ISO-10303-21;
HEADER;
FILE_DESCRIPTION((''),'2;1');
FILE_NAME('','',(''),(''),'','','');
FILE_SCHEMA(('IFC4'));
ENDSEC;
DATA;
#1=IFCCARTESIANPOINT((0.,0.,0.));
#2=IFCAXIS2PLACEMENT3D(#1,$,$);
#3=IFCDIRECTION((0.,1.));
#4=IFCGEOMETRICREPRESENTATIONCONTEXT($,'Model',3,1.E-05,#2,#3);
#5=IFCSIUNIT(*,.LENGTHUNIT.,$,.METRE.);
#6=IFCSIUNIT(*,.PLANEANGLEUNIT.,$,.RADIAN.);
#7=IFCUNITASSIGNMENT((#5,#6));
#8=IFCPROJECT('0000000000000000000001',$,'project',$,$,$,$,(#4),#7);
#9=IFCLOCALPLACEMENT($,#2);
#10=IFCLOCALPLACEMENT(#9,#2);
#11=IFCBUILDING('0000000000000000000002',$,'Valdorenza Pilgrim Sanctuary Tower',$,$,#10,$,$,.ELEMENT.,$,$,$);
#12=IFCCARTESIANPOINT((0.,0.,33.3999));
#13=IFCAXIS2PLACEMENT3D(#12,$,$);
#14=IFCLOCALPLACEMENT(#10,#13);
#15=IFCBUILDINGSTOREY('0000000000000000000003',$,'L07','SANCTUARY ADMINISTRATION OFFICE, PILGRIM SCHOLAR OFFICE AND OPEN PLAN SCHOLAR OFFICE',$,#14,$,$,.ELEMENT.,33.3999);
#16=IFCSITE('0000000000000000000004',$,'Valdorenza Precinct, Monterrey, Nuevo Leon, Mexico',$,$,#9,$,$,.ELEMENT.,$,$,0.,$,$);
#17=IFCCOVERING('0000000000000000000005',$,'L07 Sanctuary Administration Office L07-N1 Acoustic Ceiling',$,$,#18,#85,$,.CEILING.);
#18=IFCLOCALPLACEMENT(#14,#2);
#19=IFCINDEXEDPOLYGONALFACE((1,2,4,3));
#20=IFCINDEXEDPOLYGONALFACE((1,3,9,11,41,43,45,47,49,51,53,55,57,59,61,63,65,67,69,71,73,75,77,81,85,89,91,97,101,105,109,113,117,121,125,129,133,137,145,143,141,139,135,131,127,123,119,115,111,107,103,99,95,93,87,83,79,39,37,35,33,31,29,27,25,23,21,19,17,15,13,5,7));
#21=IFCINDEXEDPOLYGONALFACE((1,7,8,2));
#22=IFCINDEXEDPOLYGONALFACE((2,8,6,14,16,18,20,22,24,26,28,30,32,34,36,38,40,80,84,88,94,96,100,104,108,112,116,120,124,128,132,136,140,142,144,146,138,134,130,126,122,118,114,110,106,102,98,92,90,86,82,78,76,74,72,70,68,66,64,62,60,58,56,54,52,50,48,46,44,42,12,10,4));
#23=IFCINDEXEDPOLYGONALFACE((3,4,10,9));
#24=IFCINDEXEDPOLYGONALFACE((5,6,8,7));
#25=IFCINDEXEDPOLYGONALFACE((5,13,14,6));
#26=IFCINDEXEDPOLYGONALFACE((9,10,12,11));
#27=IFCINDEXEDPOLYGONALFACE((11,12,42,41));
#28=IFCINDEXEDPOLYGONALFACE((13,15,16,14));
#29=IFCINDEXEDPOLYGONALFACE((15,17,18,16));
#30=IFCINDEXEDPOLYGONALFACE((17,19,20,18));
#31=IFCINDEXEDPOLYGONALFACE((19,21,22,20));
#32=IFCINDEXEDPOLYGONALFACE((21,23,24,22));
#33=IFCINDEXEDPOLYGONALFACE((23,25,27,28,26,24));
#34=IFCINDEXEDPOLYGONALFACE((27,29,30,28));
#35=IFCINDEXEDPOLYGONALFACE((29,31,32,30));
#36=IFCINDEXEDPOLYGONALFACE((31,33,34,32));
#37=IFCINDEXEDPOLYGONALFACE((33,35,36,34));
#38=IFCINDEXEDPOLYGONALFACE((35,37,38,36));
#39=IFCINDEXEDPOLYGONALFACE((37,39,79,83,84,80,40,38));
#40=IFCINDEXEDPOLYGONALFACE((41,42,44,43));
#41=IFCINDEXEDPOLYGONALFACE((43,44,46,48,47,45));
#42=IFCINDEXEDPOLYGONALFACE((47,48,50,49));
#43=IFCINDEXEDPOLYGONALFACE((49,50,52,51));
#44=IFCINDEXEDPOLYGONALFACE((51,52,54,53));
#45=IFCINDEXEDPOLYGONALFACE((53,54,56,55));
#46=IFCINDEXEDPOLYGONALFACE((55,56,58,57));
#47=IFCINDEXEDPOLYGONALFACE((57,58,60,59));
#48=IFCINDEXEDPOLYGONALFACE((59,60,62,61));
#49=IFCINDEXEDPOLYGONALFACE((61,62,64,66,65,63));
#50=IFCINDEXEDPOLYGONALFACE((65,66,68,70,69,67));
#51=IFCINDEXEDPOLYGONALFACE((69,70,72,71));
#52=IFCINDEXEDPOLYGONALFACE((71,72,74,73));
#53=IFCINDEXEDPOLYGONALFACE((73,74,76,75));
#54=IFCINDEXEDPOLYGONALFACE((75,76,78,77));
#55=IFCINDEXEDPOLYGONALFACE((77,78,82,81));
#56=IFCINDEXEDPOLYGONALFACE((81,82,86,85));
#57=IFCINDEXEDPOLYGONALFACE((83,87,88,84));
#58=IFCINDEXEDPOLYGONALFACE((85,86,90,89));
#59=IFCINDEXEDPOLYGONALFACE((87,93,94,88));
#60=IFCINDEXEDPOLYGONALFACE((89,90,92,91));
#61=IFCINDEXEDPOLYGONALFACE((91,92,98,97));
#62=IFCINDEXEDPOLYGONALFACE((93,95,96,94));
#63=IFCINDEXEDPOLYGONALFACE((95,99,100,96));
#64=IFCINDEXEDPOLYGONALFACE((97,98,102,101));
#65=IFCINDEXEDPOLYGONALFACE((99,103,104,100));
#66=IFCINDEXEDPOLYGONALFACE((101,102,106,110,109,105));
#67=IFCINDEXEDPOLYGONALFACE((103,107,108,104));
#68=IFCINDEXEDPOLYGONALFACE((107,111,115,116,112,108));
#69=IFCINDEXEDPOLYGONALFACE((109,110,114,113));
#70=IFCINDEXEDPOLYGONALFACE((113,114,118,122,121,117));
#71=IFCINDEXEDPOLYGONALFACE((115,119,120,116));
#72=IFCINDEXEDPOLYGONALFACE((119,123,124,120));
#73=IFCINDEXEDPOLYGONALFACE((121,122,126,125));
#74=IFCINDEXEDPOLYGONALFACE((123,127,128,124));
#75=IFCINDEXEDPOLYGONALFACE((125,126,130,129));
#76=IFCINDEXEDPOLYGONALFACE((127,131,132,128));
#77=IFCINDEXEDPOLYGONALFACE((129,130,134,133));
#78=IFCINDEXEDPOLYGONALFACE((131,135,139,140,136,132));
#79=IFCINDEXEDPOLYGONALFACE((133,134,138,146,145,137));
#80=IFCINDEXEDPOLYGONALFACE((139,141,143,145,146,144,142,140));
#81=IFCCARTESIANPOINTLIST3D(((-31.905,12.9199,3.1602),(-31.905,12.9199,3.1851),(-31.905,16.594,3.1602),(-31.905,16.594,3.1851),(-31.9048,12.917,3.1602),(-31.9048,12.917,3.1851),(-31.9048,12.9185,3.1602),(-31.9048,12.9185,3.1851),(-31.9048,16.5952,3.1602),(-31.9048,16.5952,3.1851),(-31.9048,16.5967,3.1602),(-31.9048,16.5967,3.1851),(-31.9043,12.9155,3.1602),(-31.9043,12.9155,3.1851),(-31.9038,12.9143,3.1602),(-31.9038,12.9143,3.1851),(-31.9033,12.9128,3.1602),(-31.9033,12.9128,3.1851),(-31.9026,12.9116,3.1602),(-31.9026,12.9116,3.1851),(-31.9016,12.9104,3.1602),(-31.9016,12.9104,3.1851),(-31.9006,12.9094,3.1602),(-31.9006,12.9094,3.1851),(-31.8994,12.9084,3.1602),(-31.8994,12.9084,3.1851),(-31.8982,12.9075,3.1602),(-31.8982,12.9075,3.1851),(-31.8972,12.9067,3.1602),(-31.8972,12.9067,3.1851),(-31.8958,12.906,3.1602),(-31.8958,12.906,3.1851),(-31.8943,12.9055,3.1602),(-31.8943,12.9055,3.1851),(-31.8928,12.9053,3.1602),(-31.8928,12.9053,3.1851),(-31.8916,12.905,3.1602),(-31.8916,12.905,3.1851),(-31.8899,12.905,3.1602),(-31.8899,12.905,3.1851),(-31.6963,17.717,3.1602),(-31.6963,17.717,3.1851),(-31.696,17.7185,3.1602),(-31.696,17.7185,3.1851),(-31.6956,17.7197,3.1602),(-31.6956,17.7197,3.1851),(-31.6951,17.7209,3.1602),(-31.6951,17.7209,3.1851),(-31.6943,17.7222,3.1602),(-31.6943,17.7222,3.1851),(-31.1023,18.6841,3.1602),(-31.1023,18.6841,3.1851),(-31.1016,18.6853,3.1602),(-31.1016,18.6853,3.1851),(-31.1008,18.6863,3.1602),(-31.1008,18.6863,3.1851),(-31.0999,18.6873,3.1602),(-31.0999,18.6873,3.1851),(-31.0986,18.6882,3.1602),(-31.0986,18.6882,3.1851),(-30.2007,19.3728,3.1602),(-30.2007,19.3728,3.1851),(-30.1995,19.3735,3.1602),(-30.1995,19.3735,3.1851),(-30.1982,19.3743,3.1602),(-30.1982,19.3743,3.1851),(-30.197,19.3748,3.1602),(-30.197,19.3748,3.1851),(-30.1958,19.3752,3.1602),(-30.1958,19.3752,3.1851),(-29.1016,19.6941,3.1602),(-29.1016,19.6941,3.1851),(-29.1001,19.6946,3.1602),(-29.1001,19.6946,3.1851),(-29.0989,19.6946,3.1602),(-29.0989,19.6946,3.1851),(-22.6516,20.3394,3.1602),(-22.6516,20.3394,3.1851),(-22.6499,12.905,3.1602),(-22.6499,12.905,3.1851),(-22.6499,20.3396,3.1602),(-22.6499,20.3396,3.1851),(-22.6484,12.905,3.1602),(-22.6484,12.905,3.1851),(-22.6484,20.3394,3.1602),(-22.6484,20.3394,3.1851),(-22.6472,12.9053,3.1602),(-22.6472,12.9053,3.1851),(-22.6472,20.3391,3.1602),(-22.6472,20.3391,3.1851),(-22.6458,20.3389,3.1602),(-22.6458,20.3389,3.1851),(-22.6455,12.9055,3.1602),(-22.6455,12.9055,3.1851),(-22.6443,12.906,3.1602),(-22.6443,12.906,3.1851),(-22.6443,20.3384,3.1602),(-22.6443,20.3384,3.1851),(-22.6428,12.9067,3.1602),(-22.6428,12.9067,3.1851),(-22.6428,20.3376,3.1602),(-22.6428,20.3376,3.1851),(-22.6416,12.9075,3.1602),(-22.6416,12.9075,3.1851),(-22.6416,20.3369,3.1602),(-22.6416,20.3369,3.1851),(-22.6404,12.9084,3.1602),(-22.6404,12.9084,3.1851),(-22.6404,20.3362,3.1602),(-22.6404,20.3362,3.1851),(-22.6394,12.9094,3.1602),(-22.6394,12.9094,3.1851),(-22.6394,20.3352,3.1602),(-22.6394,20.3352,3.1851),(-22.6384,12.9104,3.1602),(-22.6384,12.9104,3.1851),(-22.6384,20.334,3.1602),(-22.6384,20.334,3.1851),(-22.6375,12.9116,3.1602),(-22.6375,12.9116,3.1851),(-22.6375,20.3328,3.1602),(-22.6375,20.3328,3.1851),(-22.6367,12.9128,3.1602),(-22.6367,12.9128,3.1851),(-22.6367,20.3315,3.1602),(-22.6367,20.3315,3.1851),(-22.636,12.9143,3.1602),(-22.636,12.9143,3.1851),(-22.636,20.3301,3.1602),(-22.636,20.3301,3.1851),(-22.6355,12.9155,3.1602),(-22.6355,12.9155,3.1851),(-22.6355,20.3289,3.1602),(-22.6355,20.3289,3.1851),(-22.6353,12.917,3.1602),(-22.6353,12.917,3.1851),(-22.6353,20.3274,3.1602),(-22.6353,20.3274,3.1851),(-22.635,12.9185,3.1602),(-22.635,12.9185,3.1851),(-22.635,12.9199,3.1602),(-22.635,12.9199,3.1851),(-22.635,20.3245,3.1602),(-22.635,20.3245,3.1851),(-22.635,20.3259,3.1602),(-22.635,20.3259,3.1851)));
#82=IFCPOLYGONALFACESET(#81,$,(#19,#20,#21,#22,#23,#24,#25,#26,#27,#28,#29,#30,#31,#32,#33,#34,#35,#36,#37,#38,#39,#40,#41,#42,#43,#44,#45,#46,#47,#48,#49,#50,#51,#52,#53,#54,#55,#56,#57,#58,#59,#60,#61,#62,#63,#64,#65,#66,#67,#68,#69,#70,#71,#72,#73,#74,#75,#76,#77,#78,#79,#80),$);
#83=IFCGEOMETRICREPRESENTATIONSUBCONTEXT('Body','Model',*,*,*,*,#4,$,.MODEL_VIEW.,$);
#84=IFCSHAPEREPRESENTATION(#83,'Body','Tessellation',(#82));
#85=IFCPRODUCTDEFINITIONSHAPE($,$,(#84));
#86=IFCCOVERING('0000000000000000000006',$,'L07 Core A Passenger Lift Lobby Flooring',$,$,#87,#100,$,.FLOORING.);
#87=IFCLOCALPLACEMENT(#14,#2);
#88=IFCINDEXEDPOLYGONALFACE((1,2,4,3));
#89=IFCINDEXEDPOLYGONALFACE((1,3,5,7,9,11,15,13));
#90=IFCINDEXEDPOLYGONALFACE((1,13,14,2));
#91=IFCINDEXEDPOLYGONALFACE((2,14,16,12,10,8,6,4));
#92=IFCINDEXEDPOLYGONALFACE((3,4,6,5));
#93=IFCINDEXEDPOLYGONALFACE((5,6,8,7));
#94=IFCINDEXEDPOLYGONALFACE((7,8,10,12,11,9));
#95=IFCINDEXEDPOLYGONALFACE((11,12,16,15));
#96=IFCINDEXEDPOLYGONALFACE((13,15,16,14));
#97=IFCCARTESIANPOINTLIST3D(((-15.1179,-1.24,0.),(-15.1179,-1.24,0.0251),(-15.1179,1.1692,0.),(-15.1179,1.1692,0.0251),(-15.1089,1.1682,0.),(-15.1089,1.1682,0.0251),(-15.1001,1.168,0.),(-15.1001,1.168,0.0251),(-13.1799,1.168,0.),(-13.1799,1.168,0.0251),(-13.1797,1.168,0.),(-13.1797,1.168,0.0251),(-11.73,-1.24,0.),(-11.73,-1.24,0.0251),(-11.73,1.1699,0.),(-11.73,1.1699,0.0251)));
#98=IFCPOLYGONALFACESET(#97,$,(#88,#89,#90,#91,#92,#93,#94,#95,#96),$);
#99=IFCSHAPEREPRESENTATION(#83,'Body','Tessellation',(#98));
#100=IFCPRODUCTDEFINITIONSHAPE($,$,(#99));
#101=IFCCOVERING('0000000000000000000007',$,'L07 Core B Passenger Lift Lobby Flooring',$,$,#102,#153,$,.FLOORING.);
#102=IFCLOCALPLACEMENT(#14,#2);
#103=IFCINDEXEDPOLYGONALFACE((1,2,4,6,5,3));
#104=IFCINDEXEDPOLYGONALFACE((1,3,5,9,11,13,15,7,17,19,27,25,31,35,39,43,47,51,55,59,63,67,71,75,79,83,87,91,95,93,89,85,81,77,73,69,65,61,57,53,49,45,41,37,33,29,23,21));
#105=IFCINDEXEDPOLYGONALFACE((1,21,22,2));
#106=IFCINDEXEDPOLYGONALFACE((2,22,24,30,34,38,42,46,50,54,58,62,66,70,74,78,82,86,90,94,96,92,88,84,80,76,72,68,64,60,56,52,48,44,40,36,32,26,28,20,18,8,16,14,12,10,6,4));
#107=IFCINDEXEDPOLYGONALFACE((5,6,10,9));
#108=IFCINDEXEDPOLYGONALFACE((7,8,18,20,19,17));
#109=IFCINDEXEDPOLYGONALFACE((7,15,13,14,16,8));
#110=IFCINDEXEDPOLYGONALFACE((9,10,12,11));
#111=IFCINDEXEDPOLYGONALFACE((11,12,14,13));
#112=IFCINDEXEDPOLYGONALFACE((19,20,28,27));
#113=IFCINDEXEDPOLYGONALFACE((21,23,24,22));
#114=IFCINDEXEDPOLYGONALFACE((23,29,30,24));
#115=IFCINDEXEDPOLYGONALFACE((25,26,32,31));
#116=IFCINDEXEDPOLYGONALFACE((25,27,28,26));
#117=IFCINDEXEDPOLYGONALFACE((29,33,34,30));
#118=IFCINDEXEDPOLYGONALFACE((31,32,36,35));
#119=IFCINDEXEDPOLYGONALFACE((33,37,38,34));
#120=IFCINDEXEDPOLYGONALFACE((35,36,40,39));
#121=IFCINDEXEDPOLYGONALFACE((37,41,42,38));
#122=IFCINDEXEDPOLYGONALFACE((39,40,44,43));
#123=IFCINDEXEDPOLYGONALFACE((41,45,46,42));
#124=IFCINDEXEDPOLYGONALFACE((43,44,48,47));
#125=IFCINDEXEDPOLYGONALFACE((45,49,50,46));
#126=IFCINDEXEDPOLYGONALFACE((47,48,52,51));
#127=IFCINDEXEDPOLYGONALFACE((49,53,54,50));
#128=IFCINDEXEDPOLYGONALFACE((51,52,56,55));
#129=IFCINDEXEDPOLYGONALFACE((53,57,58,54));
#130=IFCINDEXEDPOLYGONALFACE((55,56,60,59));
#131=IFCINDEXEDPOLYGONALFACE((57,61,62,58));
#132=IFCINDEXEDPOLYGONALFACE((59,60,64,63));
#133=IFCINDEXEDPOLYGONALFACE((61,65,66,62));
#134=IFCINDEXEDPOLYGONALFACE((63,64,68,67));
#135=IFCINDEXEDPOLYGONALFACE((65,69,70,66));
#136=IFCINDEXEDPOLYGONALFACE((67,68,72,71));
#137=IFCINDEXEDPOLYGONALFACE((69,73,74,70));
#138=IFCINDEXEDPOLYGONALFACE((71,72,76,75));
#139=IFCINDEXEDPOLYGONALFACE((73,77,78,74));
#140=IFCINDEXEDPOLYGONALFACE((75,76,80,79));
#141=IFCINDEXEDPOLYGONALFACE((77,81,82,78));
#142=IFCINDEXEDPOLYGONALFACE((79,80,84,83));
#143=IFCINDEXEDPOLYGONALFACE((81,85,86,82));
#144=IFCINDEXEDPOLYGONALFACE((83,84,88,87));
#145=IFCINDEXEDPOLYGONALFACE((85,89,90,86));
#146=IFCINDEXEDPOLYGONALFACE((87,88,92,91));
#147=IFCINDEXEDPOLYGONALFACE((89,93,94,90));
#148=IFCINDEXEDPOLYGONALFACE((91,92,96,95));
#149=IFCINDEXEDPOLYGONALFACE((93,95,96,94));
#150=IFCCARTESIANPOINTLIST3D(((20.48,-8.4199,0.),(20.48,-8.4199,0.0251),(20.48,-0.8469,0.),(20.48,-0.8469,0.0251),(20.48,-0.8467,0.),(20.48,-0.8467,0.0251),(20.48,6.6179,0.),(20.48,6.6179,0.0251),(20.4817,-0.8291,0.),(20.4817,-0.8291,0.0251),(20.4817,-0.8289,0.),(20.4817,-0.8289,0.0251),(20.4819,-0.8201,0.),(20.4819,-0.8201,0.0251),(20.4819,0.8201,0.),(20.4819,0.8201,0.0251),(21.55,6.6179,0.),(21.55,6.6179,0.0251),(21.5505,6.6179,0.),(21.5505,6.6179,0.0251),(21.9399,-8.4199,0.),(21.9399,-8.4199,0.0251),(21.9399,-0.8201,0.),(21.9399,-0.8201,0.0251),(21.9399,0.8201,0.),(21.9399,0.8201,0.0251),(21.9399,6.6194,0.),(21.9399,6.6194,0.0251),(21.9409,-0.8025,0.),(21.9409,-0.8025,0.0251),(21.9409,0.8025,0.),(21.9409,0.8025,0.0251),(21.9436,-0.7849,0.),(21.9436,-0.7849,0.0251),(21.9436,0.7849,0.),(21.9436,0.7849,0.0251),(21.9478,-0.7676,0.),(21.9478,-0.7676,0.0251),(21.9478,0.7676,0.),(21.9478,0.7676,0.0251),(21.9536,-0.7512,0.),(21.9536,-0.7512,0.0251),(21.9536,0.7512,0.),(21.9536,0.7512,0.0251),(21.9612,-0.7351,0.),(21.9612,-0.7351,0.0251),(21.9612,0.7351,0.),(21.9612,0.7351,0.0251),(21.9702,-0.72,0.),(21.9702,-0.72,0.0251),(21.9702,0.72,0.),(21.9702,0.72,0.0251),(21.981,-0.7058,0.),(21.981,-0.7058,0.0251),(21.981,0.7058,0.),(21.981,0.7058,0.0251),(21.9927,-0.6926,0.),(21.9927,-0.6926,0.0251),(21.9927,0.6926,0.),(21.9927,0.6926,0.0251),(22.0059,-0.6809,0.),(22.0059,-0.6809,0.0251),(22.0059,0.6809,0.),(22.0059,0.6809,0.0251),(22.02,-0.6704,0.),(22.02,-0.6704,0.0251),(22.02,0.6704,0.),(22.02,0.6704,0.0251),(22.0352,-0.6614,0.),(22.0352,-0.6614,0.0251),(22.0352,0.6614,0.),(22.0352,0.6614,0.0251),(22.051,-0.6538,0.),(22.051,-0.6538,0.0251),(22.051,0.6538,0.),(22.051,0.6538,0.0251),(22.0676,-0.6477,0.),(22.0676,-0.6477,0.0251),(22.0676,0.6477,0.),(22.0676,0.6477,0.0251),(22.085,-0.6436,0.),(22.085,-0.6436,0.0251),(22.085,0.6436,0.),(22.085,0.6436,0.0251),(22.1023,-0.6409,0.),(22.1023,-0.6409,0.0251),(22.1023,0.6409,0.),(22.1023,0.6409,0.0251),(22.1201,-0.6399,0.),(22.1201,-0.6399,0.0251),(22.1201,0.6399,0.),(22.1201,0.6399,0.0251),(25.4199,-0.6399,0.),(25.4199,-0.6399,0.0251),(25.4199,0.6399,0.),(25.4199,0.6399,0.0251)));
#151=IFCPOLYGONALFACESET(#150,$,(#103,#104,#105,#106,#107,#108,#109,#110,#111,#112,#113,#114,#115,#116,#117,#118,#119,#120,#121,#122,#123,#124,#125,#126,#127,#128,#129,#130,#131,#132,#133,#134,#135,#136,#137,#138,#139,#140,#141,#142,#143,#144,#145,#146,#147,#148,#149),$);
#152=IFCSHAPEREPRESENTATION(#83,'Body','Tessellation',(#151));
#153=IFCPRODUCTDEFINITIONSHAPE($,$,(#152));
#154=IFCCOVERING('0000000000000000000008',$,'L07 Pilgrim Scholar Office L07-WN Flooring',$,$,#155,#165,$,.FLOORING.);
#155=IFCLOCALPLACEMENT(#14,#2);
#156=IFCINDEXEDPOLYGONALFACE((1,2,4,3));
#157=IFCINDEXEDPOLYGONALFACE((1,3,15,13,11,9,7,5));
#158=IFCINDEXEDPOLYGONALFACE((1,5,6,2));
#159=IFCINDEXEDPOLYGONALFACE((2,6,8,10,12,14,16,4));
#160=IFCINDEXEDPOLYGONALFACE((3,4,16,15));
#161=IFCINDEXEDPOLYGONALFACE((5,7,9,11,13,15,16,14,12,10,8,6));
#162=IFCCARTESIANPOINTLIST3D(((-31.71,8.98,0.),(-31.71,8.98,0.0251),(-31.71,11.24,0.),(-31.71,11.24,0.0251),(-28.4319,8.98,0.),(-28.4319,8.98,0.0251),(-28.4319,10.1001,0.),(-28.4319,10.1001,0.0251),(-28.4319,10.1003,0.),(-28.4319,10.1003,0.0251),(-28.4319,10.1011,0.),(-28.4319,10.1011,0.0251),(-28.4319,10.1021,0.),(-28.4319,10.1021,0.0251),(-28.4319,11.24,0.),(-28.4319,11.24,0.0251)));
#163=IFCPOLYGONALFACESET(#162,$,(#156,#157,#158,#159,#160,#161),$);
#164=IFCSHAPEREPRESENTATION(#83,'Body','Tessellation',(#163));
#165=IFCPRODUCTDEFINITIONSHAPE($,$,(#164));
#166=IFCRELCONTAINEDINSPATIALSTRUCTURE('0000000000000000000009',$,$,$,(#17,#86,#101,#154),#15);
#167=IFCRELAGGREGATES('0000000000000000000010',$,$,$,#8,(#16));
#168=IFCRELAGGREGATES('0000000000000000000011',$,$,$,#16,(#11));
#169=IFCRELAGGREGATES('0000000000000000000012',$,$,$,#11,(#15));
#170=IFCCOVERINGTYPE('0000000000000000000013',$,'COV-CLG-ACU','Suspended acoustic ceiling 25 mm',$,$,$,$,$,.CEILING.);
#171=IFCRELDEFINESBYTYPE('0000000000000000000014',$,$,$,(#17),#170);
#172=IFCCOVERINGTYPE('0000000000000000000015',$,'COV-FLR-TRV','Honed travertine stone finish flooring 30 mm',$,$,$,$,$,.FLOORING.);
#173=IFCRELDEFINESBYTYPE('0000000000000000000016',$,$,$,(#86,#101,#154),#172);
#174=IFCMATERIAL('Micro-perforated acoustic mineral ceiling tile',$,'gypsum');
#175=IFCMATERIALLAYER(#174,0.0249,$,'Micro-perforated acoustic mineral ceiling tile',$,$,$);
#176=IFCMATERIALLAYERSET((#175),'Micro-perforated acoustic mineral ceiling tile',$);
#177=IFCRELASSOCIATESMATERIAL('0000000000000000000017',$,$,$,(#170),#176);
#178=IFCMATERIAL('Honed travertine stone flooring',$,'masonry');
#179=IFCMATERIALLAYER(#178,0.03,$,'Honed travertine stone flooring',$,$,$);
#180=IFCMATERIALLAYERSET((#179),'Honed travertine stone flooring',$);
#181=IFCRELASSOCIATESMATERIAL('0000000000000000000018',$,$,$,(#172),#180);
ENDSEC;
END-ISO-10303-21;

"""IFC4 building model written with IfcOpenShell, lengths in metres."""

from ifc_helpers import new_model, si_unit, direction, frame, origin, place, context, subcontext, project, spatial, polyline, outline, extrude, material, layer, layer_set, type_object, element, save


model = new_model("IFC4")

# Units and contexts
model_context = context("Model", 3, precision=1e-05, world=origin(), true_north=direction((0.0, 1.0)))
body_context = subcontext(model_context, "Body", "Model", "MODEL_VIEW")
ifc_project = project(units=[si_unit("LENGTHUNIT", "METRE"), si_unit("PLANEANGLEUNIT", "RADIAN")], contexts=[model_context])

# Site, building, storey
site_placement = place(None, origin())
site = spatial("IfcSite", under=ifc_project, at=site_placement, Name="Valdorenza Precinct, Monterrey, Nuevo Leon, Mexico", CompositionType="ELEMENT", RefElevation=0.0)
building_placement = place(site_placement, origin())
building = spatial("IfcBuilding", under=site, at=building_placement, Name="Valdorenza Pilgrim Sanctuary Tower", CompositionType="ELEMENT")
storey_placement = place(building_placement, frame((0.0, 0.0, 33.3999)))
storey = spatial("IfcBuildingStorey", under=building, at=storey_placement, Name="L07", Description="SANCTUARY ADMINISTRATION OFFICE, PILGRIM SCHOLAR OFFICE AND OPEN PLAN SCHOLAR OFFICE", CompositionType="ELEMENT", Elevation=33.3999)

# Coverings
ifc_material_1 = material(Name="Micro-perforated acoustic mineral ceiling tile", Category="gypsum")
ifc_layer_1 = layer(ifc_material_1, 0.0249, Name="Micro-perforated acoustic mineral ceiling tile")
ifc_layer_set_1 = layer_set([ifc_layer_1], Name="Micro-perforated acoustic mineral ceiling tile")
covering_type_1 = type_object("IfcCoveringType", Name="COV-CLG-ACU", Description="Suspended acoustic ceiling 25 mm", PredefinedType="CEILING", material=ifc_layer_set_1)
covering_1_placement = place(storey_placement, frame((0.0, 0.0, 3.1602)))
element("IfcCovering", 1, at=covering_1_placement, inside=storey, type_object=covering_type_1, Name="L07 Sanctuary Administration Office L07-N1 Acoustic Ceiling", PredefinedType="CEILING", context=body_context, shape_type="SweptSolid", body=[
    extrude(outline(polyline([(-31.8899, 12.905), (-31.8916, 12.905), (-31.8928, 12.9053), (-31.8943, 12.9055), (-31.8958, 12.906), (-31.8972, 12.9067), (-31.8982, 12.9075), (-31.8994, 12.9084), (-31.9006, 12.9094), (-31.9016, 12.9104), (-31.9026, 12.9116), (-31.9033, 12.9128), (-31.9038, 12.9143), (-31.9043, 12.9155), (-31.9048, 12.917), (-31.9048, 12.9185), (-31.905, 12.9199), (-31.905, 16.594), (-31.9048, 16.5952), (-31.9048, 16.5967), (-31.6963, 17.717), (-31.696, 17.7185), (-31.6956, 17.7197), (-31.6951, 17.7209), (-31.6943, 17.7222), (-31.1023, 18.6841), (-31.1016, 18.6853), (-31.1008, 18.6863), (-31.0999, 18.6873), (-31.0986, 18.6882), (-30.2007, 19.3728), (-30.1995, 19.3735), (-30.1982, 19.3743), (-30.197, 19.3748), (-30.1958, 19.3752), (-29.1016, 19.6941), (-29.1001, 19.6946), (-29.0989, 19.6946), (-22.6516, 20.3394), (-22.6499, 20.3396), (-22.6484, 20.3394), (-22.6472, 20.3391), (-22.6458, 20.3389), (-22.6443, 20.3384), (-22.6428, 20.3376), (-22.6416, 20.3369), (-22.6404, 20.3362), (-22.6394, 20.3352), (-22.6384, 20.334), (-22.6375, 20.3328), (-22.6367, 20.3315), (-22.636, 20.3301), (-22.6355, 20.3289), (-22.6353, 20.3274), (-22.635, 20.3259), (-22.635, 20.3245), (-22.635, 12.9199), (-22.635, 12.9185), (-22.6353, 12.917), (-22.6355, 12.9155), (-22.636, 12.9143), (-22.6367, 12.9128), (-22.6375, 12.9116), (-22.6384, 12.9104), (-22.6394, 12.9094), (-22.6404, 12.9084), (-22.6416, 12.9075), (-22.6428, 12.9067), (-22.6443, 12.906), (-22.6455, 12.9055), (-22.6472, 12.9053), (-22.6484, 12.905), (-22.6499, 12.905), (-31.8899, 12.905)])), origin(), (0.0, 0.0, 1.0), 0.0249),
])
ifc_material_2 = material(Name="Honed travertine stone flooring", Category="masonry")
ifc_layer_2 = layer(ifc_material_2, 0.03, Name="Honed travertine stone flooring")
ifc_layer_set_2 = layer_set([ifc_layer_2], Name="Honed travertine stone flooring")
covering_type_2 = type_object("IfcCoveringType", Name="COV-FLR-TRV", Description="Honed travertine stone finish flooring 30 mm", PredefinedType="FLOORING", material=ifc_layer_set_2)
covering_2_placement = place(storey_placement, origin())
element("IfcCovering", 2, at=covering_2_placement, inside=storey, type_object=covering_type_2, Name="L07 Core A Passenger Lift Lobby Flooring", PredefinedType="FLOORING", context=body_context, shape_type="SweptSolid", body=[
    extrude(outline(polyline([(-15.1179, 1.1692), (-15.1089, 1.1682), (-15.1089, 1.1682), (-15.1001, 1.168), (-13.1799, 1.168), (-13.1797, 1.168), (-11.73, 1.1699), (-11.73, -1.24), (-15.1179, -1.24), (-15.1179, 1.1692)])), origin(), (0.0, 0.0, 1.0), 0.0251),
])
covering_3_placement = place(storey_placement, origin())
element("IfcCovering", 3, at=covering_3_placement, inside=storey, type_object=covering_type_2, Name="L07 Core B Passenger Lift Lobby Flooring", PredefinedType="FLOORING", context=body_context, shape_type="SweptSolid", body=[
    extrude(outline(polyline([(20.48, 6.6179), (21.55, 6.6179), (21.5505, 6.6179), (21.9399, 6.6194), (21.9399, 0.8201), (21.9409, 0.8025), (21.9436, 0.7849), (21.9478, 0.7676), (21.9536, 0.7512), (21.9612, 0.7351), (21.9702, 0.72), (21.981, 0.7058), (21.9927, 0.6926), (22.0059, 0.6809), (22.02, 0.6704), (22.0352, 0.6614), (22.051, 0.6538), (22.0676, 0.6477), (22.085, 0.6436), (22.1023, 0.6409), (22.1201, 0.6399), (25.4199, 0.6399), (25.4199, -0.6399), (22.1201, -0.6399), (22.1023, -0.6409), (22.085, -0.6436), (22.0676, -0.6477), (22.051, -0.6538), (22.0352, -0.6614), (22.02, -0.6704), (22.0059, -0.6809), (21.9927, -0.6926), (21.981, -0.7058), (21.9702, -0.72), (21.9612, -0.7351), (21.9536, -0.7512), (21.9478, -0.7676), (21.9436, -0.7849), (21.9409, -0.8025), (21.9399, -0.8201), (21.9399, -8.4199), (20.48, -8.4199), (20.48, -0.8469), (20.48, -0.8467), (20.48, -0.8467), (20.4817, -0.8291), (20.4817, -0.8289), (20.4819, -0.8201), (20.4819, 0.8201), (20.48, 6.6179)])), origin(), (0.0, 0.0, 1.0), 0.0251),
])
covering_4_placement = place(storey_placement, origin())
element("IfcCovering", 4, at=covering_4_placement, inside=storey, type_object=covering_type_2, Name="L07 Pilgrim Scholar Office L07-WN Flooring", PredefinedType="FLOORING", context=body_context, shape_type="SweptSolid", body=[
    extrude(outline(polyline([(-28.4319, 11.24), (-28.4319, 10.1021), (-28.4319, 10.1011), (-28.4319, 10.1003), (-28.4319, 10.1001), (-28.4319, 8.98), (-31.71, 8.98), (-31.71, 11.24), (-28.4319, 11.24)])), origin(), (0.0, 0.0, 1.0), 0.0251),
])

save(model, "model.ifc")
